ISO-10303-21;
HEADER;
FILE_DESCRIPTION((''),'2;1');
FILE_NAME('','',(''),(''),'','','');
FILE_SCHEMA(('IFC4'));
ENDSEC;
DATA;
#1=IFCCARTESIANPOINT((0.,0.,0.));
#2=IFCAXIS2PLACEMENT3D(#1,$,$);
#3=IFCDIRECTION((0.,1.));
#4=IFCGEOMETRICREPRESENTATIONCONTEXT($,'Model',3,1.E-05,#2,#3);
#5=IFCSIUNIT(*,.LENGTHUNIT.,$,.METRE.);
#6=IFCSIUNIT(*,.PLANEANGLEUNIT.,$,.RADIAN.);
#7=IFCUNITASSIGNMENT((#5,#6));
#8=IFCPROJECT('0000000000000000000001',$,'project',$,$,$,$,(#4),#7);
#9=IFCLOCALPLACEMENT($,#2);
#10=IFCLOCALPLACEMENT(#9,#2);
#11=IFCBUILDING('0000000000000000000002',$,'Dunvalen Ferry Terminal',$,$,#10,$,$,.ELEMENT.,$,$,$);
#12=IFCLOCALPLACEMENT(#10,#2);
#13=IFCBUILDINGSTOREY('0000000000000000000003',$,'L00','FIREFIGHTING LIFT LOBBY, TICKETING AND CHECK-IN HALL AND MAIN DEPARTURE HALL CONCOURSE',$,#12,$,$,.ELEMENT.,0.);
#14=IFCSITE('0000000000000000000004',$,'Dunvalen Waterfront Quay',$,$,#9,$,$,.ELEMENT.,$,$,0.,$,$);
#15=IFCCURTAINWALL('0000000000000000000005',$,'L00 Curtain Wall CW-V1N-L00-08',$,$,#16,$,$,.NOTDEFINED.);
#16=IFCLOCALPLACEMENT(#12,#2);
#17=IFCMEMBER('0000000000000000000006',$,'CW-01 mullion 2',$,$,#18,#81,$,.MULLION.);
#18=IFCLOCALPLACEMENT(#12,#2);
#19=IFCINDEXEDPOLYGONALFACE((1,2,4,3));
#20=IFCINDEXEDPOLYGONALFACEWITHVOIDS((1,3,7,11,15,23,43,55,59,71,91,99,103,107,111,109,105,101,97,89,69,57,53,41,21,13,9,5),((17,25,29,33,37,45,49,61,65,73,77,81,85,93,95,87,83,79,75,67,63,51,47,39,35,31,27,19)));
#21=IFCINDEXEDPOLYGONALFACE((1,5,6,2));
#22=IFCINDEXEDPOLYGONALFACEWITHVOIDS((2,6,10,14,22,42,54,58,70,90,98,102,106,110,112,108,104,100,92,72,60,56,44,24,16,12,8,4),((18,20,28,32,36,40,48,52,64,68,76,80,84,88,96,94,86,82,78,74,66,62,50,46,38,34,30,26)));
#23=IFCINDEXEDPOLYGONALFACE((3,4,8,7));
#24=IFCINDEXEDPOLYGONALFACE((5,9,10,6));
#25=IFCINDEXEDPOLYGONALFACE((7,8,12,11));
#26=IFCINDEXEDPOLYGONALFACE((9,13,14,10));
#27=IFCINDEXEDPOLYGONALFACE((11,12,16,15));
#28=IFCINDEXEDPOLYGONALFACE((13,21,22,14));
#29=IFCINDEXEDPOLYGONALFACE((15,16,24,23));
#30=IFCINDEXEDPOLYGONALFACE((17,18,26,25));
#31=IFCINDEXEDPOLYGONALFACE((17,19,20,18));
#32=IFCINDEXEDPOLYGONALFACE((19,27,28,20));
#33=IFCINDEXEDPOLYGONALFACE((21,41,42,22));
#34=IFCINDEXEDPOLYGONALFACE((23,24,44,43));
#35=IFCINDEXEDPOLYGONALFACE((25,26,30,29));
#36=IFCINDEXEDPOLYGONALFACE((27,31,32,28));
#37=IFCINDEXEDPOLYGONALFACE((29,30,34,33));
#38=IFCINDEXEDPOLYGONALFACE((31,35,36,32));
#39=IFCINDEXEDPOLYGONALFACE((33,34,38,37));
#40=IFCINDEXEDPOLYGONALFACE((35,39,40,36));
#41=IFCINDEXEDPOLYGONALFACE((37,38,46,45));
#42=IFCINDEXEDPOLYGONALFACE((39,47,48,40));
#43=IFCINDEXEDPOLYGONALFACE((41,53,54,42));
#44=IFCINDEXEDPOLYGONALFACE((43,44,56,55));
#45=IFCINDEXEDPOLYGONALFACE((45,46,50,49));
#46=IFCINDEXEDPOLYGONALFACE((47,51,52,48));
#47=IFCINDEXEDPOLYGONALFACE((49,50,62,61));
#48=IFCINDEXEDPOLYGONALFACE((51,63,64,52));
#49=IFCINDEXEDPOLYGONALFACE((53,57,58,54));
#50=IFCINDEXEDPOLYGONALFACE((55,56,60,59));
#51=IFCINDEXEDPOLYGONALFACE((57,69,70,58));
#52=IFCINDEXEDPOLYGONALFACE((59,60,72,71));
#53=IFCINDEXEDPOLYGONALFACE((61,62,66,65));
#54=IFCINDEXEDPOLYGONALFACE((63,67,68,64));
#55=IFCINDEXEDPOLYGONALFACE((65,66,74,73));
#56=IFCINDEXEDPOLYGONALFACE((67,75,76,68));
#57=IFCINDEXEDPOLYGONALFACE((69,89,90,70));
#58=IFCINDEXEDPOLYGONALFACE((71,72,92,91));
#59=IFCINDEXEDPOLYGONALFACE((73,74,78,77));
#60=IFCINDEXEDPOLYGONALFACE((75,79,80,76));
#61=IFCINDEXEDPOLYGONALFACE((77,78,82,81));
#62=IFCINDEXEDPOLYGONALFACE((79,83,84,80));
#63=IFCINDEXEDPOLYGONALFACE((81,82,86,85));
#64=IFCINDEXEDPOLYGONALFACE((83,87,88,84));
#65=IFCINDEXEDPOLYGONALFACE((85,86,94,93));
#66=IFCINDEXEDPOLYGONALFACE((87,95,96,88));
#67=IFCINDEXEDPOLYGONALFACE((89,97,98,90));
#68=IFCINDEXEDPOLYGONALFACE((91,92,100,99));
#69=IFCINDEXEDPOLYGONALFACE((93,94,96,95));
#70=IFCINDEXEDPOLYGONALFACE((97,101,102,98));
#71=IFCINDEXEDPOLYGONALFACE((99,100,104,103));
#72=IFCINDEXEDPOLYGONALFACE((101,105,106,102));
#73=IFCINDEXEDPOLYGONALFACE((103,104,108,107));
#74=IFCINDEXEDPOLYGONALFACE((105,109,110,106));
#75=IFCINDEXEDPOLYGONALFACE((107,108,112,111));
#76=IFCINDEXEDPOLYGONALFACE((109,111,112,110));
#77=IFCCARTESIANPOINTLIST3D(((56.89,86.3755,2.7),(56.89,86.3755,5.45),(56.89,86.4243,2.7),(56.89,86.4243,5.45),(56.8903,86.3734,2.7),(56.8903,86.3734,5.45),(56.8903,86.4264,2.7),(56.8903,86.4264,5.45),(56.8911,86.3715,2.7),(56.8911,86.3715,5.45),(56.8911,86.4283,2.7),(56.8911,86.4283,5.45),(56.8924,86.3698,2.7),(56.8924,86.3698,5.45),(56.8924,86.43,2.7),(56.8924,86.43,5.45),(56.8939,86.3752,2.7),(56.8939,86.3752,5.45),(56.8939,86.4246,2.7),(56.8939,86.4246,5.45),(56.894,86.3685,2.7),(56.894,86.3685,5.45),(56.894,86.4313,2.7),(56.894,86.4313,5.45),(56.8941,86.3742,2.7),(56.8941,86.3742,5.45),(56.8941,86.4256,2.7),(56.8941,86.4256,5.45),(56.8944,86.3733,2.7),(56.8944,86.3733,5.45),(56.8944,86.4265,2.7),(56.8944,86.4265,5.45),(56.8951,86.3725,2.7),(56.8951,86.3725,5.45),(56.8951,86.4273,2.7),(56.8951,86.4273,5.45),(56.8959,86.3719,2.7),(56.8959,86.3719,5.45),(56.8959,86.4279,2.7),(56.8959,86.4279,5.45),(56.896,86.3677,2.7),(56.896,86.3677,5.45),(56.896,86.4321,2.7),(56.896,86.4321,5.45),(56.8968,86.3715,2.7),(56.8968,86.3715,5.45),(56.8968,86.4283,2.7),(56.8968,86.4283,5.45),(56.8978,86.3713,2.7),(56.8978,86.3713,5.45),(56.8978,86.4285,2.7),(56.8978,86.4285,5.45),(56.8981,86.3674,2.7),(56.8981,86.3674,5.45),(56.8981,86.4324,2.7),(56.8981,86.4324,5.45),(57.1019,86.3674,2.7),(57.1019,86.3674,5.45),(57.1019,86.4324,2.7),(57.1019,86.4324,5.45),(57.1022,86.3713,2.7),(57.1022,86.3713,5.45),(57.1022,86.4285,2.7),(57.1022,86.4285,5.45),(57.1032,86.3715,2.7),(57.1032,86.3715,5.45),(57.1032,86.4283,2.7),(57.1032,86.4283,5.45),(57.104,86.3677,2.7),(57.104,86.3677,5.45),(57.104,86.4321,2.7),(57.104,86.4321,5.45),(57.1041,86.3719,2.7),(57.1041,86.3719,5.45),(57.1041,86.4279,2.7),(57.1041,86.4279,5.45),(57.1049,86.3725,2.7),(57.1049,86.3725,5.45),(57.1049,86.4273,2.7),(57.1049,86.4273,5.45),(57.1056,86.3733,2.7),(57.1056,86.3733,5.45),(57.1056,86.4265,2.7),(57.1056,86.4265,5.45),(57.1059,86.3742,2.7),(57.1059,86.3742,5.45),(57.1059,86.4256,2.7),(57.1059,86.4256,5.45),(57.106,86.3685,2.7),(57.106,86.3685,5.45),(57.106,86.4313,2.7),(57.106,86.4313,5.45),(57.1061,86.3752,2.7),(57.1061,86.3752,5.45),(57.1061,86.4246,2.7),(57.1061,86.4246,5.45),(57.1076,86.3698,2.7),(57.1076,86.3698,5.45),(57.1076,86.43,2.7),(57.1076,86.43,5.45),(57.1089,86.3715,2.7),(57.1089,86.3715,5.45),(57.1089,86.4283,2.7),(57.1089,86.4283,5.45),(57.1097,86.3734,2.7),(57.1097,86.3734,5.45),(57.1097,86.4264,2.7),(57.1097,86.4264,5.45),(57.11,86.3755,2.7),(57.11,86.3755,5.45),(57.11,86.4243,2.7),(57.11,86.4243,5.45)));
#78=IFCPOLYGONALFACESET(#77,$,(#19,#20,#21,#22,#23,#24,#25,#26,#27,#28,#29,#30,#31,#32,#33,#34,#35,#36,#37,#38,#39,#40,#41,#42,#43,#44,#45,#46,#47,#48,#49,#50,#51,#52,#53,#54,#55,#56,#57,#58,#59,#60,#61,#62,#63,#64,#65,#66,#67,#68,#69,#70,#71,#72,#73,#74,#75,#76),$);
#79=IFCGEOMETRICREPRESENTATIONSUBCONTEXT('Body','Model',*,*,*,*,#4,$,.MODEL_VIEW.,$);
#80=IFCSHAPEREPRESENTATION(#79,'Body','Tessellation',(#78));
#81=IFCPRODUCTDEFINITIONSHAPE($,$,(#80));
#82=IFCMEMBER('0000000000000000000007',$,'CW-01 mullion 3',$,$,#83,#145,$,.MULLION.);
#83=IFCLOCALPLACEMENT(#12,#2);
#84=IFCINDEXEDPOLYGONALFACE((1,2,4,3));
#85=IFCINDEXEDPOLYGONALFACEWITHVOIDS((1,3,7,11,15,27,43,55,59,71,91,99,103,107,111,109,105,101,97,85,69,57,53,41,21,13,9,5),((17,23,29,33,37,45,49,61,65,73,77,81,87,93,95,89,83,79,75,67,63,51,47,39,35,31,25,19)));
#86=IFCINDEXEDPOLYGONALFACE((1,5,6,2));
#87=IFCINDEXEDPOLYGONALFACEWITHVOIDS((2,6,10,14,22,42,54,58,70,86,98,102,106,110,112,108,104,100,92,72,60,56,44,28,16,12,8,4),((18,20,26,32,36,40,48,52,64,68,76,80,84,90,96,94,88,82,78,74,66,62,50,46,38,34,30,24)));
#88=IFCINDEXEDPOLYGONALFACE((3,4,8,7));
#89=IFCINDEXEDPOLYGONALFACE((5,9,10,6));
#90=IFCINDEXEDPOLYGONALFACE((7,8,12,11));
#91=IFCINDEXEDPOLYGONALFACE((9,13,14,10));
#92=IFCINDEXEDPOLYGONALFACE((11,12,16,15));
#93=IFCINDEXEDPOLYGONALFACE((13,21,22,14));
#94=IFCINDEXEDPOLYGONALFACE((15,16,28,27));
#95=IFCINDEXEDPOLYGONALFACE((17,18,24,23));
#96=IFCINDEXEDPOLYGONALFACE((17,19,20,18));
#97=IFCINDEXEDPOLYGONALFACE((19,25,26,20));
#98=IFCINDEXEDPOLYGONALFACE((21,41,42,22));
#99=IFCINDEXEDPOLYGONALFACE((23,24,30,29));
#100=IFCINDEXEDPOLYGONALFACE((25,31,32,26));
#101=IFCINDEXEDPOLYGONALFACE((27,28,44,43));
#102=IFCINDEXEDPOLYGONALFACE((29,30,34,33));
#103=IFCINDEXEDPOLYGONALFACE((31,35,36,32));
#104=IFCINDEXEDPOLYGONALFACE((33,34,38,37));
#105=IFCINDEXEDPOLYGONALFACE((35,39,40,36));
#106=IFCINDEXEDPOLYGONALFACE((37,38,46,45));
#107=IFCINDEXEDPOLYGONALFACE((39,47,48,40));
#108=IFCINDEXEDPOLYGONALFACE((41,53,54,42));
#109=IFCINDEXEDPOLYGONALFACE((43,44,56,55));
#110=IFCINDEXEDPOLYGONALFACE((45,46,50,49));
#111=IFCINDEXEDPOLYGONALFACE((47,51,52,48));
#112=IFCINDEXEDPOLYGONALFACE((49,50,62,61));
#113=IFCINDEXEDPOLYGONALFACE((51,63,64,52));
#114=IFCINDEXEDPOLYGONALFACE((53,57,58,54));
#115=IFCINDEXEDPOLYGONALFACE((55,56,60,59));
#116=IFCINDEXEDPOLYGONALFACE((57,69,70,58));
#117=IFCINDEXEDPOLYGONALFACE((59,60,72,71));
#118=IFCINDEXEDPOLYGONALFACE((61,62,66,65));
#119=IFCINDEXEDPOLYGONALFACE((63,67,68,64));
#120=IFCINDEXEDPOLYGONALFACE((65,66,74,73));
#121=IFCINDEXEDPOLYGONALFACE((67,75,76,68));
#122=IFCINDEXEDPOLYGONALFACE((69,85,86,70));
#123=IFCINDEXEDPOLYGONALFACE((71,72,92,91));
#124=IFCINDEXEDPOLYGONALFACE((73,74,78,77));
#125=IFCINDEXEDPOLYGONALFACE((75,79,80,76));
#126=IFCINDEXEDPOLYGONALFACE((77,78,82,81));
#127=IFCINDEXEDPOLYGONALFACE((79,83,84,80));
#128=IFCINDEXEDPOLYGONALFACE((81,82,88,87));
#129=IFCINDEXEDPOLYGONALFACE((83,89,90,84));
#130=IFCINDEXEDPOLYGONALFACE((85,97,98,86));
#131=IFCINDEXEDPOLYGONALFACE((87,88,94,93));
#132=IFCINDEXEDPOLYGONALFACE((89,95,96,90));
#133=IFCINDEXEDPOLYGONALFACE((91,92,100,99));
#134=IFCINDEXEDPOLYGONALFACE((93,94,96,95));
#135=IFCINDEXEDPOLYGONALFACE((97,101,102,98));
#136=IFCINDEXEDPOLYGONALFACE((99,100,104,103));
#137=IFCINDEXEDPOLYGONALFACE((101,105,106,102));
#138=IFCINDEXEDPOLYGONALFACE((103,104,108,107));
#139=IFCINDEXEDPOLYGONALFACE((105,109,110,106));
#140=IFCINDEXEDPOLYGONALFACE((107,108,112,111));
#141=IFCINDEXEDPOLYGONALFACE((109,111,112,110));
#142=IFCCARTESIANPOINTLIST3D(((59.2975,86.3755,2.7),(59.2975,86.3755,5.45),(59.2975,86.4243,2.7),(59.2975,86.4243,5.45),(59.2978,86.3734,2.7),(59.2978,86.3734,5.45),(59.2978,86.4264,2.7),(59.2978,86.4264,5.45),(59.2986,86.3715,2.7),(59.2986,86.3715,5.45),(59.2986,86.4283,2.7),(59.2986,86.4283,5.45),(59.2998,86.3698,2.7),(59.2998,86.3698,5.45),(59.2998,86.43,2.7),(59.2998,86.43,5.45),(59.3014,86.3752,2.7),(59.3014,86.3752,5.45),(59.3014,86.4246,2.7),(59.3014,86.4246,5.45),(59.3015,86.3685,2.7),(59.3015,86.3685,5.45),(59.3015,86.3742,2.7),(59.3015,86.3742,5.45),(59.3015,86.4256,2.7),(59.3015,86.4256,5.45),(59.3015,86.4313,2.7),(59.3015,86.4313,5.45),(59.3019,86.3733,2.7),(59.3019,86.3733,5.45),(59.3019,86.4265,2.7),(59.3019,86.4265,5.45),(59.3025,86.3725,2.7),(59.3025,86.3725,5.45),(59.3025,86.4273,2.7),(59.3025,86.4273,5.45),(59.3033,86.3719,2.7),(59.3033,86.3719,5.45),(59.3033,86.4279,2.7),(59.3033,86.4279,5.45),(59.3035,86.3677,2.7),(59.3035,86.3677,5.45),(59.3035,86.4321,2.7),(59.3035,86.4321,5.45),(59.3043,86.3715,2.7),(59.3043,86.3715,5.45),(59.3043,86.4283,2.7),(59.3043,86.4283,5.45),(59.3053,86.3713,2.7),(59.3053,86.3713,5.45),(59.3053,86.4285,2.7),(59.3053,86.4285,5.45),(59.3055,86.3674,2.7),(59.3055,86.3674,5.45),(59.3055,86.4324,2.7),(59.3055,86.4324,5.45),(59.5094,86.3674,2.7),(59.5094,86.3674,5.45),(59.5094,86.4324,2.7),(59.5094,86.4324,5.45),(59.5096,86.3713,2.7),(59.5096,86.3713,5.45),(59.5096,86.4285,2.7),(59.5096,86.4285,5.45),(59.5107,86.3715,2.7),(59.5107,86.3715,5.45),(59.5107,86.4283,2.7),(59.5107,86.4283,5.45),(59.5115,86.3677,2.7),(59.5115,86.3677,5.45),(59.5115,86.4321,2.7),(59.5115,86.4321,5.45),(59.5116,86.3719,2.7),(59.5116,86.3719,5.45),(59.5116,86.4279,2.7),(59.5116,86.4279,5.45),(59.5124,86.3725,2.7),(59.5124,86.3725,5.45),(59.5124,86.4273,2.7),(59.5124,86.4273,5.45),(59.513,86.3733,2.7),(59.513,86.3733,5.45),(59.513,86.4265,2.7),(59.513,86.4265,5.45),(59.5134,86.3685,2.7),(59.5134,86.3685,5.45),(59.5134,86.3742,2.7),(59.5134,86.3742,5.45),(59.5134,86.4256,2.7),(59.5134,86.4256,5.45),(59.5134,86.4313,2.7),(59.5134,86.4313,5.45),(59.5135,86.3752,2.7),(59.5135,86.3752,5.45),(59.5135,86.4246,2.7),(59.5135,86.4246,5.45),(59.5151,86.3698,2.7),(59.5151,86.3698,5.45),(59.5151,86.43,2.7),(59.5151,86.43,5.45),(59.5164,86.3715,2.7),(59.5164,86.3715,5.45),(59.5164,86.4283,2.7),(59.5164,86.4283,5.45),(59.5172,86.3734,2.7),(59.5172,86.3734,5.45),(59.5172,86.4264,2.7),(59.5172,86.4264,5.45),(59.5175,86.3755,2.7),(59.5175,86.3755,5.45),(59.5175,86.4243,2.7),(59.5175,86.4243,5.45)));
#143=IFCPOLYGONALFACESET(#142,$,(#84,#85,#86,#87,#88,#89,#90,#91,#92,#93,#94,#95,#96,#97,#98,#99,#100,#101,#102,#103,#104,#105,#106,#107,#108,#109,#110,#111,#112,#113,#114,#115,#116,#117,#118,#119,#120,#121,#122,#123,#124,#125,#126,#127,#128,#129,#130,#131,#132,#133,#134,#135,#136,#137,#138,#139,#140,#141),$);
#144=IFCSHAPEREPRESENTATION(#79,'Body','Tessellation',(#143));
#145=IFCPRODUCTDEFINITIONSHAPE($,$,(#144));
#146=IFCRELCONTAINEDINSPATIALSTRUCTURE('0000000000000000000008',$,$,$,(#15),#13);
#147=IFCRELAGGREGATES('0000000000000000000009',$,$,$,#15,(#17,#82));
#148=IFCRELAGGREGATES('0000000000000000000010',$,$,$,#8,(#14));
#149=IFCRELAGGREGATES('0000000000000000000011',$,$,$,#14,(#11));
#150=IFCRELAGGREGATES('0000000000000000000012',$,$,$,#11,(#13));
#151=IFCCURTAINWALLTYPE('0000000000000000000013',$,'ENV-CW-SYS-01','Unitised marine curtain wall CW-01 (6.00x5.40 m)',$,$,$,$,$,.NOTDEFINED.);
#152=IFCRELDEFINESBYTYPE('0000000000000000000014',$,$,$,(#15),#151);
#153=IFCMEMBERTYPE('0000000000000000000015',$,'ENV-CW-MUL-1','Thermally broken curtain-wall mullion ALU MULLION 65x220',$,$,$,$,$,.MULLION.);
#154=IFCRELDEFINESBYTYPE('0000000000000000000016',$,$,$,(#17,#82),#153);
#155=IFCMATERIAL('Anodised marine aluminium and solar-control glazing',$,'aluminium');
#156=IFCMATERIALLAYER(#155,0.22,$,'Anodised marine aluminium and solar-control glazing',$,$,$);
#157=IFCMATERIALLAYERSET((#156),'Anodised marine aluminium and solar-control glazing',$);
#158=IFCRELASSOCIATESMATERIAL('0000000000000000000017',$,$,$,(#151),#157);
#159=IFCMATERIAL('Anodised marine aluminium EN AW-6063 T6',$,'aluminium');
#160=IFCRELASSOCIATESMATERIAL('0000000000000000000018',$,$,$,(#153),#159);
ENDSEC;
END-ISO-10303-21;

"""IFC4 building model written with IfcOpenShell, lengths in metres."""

from ifc_helpers import new_model, si_unit, direction, frame, origin, origin_2d, place, context, subcontext, project, spatial, hollow_rectangle, extrude, material, layer, layer_set, material_profile, profile_set, type_object, element, aggregate, save


model = new_model("IFC4")

# Units and contexts
model_context = context("Model", 3, precision=1e-05, world=origin(), true_north=direction((0.0, 1.0)))
body_context = subcontext(model_context, "Body", "Model", "MODEL_VIEW")
ifc_project = project(units=[si_unit("LENGTHUNIT", "METRE"), si_unit("PLANEANGLEUNIT", "RADIAN")], contexts=[model_context])

# Site, building, storey
site_placement = place(None, origin())
site = spatial("IfcSite", under=ifc_project, at=site_placement, Name="Dunvalen Waterfront Quay", CompositionType="ELEMENT", RefElevation=0.0)
building_placement = place(site_placement, origin())
building = spatial("IfcBuilding", under=site, at=building_placement, Name="Dunvalen Ferry Terminal", CompositionType="ELEMENT")
storey_placement = place(building_placement, origin())
storey = spatial("IfcBuildingStorey", under=building, at=storey_placement, Name="L00", Description="FIREFIGHTING LIFT LOBBY, TICKETING AND CHECK-IN HALL AND MAIN DEPARTURE HALL CONCOURSE", CompositionType="ELEMENT", Elevation=0.0)

# Shared definitions
ifc_material_1 = material(Name="Anodised marine aluminium and solar-control glazing", Category="aluminium")
ifc_layer_1 = layer(ifc_material_1, 0.22, Name="Anodised marine aluminium and solar-control glazing")
ifc_layer_set_1 = layer_set([ifc_layer_1], Name="Anodised marine aluminium and solar-control glazing")
curtain_wall_type = type_object("IfcCurtainWallType", Name="ENV-CW-SYS-01", Description="Unitised marine curtain wall CW-01 (6.00x5.40 m)", PredefinedType="NOTDEFINED", material=ifc_layer_set_1)
ifc_material_2 = material(Name="Anodised marine aluminium EN AW-6063 T6", Category="aluminium")
ifc_material_profile_1 = material_profile(ifc_material_2, hollow_rectangle(XDim=0.0649, YDim=0.22, WallThickness=0.0039, InnerFilletRadius=0.0039, OuterFilletRadius=0.0081, at=origin_2d()), Name="Anodised marine aluminium EN AW-6063 T6")
ifc_profile_set_1 = profile_set([ifc_material_profile_1], Name="Anodised marine aluminium EN AW-6063 T6")
member_type_1 = type_object("IfcMemberType", Name="ENV-CW-MUL-1", Description="Thermally broken curtain-wall mullion ALU MULLION 65x220", PredefinedType="MULLION", material=ifc_profile_set_1)

# Curtain wall, members
curtain_wall_1_placement = place(storey_placement, origin())
curtain_wall_1 = element("IfcCurtainWall", 1, at=curtain_wall_1_placement, inside=storey, type_object=curtain_wall_type, Name="L00 Curtain Wall CW-V1N-L00-08", PredefinedType="NOTDEFINED")
member_1_placement = place(storey_placement, frame((57.0, 86.3999, 2.7), z_axis=(0.0, 0.0, 1.0), x_axis=(0.0, 1.0, 0.0)))
member_1 = element("IfcMember", 2, at=member_1_placement, type_object=member_type_1, Name="CW-01 mullion 2", PredefinedType="MULLION", context=body_context, shape_type="SweptSolid", body=[
    extrude(hollow_rectangle(XDim=0.0649, YDim=0.22, WallThickness=0.0039, InnerFilletRadius=0.0039, OuterFilletRadius=0.0081, at=origin_2d()), origin(), (0.0, 0.0, 1.0), 2.75),
])
member_2_placement = place(storey_placement, frame((59.4075, 86.3999, 2.7), z_axis=(0.0, 0.0, 1.0), x_axis=(0.0, 1.0, 0.0)))
member_2 = element("IfcMember", 3, at=member_2_placement, type_object=member_type_1, Name="CW-01 mullion 3", PredefinedType="MULLION", context=body_context, shape_type="SweptSolid", body=[
    extrude(hollow_rectangle(XDim=0.0649, YDim=0.22, WallThickness=0.0039, InnerFilletRadius=0.0039, OuterFilletRadius=0.0081, at=origin_2d()), origin(), (0.0, 0.0, 1.0), 2.75),
])

aggregate(curtain_wall_1, [member_1, member_2])

save(model, "model.ifc")
